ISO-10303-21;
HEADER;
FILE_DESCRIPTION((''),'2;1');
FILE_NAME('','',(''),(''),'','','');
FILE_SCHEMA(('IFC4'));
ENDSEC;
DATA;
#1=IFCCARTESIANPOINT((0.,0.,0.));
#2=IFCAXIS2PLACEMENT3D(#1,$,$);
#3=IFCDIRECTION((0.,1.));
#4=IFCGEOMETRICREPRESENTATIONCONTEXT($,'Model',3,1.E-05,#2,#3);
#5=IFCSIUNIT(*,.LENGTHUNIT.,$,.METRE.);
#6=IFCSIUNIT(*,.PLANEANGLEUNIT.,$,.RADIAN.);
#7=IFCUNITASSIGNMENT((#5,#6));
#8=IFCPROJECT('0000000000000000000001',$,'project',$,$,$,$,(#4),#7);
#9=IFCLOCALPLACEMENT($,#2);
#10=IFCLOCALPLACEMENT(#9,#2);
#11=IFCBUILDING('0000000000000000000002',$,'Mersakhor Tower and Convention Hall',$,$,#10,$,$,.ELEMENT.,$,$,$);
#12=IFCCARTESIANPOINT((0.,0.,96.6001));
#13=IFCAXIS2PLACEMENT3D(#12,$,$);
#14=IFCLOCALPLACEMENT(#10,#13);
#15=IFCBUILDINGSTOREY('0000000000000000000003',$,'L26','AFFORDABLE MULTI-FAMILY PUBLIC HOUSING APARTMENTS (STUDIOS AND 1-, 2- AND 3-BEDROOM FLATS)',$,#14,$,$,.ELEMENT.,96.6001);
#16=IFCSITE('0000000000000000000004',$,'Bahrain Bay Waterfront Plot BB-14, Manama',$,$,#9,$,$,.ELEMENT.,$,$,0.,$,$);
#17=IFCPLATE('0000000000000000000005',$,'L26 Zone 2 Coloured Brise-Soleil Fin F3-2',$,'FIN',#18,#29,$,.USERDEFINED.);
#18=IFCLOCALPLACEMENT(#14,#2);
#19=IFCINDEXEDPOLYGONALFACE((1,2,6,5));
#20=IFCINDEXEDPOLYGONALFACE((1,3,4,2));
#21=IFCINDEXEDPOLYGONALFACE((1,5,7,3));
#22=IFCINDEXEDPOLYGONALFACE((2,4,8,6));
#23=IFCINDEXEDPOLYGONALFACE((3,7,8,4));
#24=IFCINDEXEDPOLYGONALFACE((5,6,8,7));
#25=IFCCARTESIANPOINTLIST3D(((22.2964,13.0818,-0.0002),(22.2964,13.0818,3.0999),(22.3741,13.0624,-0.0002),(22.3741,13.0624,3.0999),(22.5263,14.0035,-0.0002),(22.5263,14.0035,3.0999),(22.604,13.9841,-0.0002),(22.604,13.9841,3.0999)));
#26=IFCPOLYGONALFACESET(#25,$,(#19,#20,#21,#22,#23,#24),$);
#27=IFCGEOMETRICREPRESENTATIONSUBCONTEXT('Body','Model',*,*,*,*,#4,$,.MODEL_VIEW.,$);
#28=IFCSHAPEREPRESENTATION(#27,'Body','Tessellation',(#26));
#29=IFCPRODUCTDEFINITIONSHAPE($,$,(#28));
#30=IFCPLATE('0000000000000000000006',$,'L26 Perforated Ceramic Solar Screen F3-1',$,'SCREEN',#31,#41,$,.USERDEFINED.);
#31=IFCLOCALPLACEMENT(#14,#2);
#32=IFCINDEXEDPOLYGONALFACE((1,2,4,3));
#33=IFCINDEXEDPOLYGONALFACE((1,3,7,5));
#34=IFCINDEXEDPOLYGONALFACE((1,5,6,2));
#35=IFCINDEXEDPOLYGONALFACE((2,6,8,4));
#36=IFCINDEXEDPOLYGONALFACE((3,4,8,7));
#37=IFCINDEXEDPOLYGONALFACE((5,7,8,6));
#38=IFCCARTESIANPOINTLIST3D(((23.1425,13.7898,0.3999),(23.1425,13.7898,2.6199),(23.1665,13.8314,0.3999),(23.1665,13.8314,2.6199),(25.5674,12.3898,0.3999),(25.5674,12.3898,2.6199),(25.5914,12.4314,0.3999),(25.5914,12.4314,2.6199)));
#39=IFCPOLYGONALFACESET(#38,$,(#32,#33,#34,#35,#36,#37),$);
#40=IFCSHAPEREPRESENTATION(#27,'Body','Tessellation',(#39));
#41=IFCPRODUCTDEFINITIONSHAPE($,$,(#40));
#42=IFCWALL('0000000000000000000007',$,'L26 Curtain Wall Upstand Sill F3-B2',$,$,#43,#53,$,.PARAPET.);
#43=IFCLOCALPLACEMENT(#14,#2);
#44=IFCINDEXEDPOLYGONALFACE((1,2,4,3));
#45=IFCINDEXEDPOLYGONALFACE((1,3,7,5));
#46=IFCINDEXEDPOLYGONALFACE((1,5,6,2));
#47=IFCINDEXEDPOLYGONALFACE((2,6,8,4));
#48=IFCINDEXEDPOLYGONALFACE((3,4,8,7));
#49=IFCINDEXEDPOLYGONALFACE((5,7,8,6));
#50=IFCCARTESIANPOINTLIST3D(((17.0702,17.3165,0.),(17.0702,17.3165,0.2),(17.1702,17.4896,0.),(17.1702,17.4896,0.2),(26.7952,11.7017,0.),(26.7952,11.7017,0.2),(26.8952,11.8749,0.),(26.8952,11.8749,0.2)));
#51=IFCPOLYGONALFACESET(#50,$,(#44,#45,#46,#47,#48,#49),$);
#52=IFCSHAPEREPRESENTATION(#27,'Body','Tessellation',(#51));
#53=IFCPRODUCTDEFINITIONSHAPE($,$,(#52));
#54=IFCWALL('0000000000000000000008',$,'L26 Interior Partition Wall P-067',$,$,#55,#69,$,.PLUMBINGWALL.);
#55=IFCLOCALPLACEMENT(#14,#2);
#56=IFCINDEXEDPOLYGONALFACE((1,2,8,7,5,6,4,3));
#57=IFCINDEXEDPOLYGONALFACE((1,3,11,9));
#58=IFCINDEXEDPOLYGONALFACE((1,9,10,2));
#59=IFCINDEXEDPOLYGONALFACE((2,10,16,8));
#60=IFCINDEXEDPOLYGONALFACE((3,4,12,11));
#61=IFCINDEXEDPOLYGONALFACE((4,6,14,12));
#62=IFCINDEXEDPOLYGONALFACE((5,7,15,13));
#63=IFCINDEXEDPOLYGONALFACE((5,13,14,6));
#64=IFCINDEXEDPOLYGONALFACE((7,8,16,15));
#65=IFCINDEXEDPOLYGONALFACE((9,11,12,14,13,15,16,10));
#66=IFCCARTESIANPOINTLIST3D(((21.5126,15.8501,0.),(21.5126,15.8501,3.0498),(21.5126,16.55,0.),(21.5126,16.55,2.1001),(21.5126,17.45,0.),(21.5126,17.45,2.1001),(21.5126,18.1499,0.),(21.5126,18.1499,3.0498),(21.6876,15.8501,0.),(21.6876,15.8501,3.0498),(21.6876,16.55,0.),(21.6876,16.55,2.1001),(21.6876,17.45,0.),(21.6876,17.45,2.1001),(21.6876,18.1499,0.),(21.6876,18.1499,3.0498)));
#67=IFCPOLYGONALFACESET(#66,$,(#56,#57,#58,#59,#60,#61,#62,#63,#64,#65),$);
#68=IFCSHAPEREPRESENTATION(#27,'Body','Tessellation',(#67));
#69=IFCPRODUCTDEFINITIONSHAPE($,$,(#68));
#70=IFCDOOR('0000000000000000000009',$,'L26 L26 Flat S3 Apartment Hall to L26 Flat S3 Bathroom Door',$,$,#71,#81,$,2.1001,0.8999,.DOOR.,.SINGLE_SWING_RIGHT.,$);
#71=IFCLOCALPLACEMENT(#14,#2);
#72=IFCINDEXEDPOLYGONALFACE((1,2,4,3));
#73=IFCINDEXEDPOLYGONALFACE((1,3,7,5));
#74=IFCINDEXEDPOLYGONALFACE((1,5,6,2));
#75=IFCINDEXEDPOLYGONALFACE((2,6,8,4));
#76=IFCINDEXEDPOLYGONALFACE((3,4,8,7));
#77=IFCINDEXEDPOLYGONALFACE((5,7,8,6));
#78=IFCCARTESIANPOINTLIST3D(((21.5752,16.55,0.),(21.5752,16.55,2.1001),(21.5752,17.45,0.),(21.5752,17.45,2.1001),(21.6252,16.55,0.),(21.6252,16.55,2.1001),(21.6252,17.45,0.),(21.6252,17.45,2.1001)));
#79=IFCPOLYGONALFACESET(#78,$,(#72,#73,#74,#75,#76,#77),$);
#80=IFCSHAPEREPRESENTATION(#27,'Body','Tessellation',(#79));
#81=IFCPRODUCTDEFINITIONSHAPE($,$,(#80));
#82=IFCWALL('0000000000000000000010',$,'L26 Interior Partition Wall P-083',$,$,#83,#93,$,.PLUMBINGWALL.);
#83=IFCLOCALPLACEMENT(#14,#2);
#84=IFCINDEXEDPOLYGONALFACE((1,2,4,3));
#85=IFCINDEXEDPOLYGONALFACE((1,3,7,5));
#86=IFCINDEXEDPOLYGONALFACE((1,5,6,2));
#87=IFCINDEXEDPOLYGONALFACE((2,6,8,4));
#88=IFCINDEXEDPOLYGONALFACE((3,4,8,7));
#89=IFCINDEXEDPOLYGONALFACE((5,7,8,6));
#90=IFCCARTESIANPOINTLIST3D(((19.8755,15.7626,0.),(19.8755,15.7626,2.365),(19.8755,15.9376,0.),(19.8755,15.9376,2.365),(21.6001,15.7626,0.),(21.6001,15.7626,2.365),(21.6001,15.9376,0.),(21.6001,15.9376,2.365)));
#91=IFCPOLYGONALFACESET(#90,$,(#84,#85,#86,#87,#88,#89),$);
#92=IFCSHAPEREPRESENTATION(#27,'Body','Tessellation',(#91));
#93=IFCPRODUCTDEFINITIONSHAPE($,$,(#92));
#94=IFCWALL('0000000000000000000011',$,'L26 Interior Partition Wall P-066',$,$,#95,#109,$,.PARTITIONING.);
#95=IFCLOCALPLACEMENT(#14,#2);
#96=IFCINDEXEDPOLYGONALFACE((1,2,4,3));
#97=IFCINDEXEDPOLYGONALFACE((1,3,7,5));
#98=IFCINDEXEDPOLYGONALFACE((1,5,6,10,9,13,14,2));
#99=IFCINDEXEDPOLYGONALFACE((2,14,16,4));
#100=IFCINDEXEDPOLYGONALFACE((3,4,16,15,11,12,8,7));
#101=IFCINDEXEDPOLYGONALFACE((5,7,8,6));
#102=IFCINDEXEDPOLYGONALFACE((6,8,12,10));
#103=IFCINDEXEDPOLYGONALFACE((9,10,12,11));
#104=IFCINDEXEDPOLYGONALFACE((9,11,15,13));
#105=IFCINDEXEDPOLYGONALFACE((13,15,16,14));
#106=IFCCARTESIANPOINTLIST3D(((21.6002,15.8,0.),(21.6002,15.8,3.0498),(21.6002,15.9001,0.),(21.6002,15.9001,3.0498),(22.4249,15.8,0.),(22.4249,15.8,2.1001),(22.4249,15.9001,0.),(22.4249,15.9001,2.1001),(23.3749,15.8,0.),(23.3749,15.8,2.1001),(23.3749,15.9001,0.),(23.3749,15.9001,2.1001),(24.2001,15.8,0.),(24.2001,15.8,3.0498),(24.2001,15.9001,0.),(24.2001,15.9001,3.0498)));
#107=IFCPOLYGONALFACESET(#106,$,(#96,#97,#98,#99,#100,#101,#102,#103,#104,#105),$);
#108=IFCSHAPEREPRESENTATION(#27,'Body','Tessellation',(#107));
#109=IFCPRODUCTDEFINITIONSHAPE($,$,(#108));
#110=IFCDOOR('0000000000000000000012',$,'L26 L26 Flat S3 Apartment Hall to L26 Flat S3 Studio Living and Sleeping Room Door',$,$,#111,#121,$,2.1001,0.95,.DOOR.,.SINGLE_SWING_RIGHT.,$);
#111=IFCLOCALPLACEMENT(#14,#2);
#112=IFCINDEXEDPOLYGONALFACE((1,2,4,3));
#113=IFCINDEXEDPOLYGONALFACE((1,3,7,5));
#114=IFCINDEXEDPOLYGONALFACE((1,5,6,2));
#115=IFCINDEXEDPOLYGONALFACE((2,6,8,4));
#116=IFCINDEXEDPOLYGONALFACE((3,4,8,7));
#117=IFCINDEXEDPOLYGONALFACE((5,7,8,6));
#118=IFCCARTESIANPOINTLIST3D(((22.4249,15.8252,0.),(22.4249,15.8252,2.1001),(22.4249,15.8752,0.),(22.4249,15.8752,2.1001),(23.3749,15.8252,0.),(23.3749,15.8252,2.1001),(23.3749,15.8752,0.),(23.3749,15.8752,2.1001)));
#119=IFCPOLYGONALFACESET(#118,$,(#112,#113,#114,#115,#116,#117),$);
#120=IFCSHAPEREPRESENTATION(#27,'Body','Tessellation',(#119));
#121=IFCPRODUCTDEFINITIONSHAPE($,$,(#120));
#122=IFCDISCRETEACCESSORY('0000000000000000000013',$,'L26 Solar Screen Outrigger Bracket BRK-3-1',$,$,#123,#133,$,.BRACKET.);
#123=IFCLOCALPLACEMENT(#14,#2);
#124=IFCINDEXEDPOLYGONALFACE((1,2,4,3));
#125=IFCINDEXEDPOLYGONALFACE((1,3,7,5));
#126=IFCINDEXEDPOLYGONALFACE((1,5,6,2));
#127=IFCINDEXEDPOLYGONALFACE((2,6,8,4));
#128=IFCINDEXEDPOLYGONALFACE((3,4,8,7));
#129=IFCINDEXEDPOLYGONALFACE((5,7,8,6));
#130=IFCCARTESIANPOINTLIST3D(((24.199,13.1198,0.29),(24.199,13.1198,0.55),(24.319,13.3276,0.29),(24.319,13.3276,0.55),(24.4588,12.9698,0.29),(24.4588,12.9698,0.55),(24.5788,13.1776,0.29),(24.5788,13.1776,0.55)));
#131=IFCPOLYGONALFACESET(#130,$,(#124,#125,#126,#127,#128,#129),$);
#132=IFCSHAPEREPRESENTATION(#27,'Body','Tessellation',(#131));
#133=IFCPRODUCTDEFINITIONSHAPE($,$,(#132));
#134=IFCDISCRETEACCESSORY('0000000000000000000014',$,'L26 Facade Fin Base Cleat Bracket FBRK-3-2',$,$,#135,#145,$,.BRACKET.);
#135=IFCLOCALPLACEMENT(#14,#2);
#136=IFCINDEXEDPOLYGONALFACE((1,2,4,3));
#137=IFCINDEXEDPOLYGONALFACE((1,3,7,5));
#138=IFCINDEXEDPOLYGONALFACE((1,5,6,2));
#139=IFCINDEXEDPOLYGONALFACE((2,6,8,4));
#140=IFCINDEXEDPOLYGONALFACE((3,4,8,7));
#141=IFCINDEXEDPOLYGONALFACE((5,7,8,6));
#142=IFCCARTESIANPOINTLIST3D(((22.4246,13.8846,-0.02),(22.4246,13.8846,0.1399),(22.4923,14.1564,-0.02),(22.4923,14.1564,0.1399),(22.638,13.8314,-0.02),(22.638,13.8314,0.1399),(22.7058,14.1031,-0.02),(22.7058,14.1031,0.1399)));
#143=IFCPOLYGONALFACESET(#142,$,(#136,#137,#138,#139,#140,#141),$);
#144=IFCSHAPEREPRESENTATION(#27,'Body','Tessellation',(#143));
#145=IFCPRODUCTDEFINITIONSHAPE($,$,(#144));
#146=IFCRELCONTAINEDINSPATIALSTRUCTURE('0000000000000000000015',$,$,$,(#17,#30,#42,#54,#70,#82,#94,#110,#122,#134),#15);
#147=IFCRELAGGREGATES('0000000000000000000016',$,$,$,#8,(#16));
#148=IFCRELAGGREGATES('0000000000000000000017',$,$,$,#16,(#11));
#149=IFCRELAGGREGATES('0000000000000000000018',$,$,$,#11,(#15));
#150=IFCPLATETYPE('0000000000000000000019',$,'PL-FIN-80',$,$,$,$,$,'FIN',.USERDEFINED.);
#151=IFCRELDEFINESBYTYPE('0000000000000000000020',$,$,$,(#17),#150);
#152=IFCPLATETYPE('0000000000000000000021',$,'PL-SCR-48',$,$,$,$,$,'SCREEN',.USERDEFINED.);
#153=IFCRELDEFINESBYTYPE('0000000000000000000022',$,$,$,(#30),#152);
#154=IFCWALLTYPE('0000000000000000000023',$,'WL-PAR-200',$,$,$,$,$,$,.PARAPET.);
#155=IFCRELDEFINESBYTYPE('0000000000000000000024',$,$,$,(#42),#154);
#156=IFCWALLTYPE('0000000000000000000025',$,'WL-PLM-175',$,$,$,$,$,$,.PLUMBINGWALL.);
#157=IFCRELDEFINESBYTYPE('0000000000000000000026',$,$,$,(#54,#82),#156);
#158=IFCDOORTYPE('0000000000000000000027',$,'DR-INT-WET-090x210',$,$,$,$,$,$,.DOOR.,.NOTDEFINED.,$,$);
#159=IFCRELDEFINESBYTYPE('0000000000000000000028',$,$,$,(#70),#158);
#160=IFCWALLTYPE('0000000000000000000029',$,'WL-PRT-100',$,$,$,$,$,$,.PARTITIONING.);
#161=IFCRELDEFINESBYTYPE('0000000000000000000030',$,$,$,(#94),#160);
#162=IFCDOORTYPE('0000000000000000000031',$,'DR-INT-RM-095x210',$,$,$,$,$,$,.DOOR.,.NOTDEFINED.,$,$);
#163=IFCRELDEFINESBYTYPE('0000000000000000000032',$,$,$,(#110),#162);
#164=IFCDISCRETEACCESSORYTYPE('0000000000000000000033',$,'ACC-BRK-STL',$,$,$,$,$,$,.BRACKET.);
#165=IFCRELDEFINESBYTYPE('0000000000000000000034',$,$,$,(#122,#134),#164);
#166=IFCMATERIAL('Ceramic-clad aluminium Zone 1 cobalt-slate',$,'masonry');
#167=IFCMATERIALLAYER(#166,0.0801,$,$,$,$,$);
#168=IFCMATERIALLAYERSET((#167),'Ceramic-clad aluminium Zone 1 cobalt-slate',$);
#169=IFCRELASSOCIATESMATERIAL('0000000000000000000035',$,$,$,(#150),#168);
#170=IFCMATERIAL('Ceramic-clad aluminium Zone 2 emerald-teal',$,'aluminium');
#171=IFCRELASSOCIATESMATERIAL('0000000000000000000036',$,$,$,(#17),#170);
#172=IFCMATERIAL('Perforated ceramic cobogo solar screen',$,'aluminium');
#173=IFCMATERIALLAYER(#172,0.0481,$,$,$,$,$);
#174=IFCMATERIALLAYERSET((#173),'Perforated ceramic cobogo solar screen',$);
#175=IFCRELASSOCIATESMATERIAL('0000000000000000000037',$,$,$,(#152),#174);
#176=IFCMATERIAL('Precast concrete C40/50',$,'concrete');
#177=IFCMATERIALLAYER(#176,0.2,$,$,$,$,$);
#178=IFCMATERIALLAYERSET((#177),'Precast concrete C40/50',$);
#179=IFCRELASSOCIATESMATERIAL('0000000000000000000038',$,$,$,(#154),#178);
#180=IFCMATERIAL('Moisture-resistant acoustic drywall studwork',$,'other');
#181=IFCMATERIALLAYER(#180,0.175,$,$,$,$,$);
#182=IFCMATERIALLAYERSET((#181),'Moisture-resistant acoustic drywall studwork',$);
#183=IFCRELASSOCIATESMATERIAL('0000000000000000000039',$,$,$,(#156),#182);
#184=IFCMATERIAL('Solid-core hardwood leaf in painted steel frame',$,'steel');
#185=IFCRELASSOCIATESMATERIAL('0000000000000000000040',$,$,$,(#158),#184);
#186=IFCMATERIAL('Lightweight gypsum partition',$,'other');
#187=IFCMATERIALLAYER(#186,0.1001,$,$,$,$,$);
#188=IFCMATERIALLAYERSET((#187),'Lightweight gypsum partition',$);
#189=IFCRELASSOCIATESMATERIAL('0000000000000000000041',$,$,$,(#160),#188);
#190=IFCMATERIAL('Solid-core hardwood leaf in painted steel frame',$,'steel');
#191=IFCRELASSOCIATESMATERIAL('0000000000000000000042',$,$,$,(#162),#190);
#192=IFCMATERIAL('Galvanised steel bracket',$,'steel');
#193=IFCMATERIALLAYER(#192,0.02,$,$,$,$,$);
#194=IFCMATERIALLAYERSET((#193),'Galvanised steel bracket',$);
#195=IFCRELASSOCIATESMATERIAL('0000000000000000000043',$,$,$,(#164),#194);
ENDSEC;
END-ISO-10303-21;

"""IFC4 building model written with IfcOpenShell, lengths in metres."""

from ifc_helpers import new_model, si_unit, direction, frame, frame_2d, origin, origin_2d, place, context, subcontext, project, spatial, rectangle, extrude, material, layer, layer_set, type_object, element, fill, save


model = new_model("IFC4")

# Units and contexts
model_context = context("Model", 3, precision=1e-05, world=origin(), true_north=direction((0.0, 1.0)))
body_context = subcontext(model_context, "Body", "Model", "MODEL_VIEW")
ifc_project = project(units=[si_unit("LENGTHUNIT", "METRE"), si_unit("PLANEANGLEUNIT", "RADIAN")], contexts=[model_context])

# Site, building, storey
site_placement = place(None, origin())
site = spatial("IfcSite", under=ifc_project, at=site_placement, Name="Bahrain Bay Waterfront Plot BB-14, Manama", CompositionType="ELEMENT", RefElevation=0.0)
building_placement = place(site_placement, origin())
building = spatial("IfcBuilding", under=site, at=building_placement, Name="Mersakhor Tower and Convention Hall", CompositionType="ELEMENT")
storey_placement = place(building_placement, frame((0.0, 0.0, 96.6001)))
storey = spatial("IfcBuildingStorey", under=building, at=storey_placement, Name="L26", Description="AFFORDABLE MULTI-FAMILY PUBLIC HOUSING APARTMENTS (STUDIOS AND 1-, 2- AND 3-BEDROOM FLATS)", CompositionType="ELEMENT", Elevation=96.6001)

# Plates
ifc_material_1 = material(Name="Ceramic-clad aluminium Zone 2 emerald-teal", Category="aluminium")
ifc_material_2 = material(Name="Ceramic-clad aluminium Zone 1 cobalt-slate", Category="masonry")
ifc_layer_1 = layer(ifc_material_2, 0.0801)
ifc_layer_set_1 = layer_set([ifc_layer_1], Name="Ceramic-clad aluminium Zone 1 cobalt-slate")
plate_type_1 = type_object("IfcPlateType", Name="PL-FIN-80", ElementType="FIN", PredefinedType="USERDEFINED", material=ifc_layer_set_1)
plate_1_placement = place(storey_placement, frame((22.4502, 13.533, -0.0002), z_axis=(0.0, 0.0, 1.0), x_axis=(-0.241922, -0.970296, 0.0)))
element("IfcPlate", 1, at=plate_1_placement, inside=storey, type_object=plate_type_1, material=ifc_material_1, Name="L26 Zone 2 Coloured Brise-Soleil Fin F3-2", ObjectType="FIN", PredefinedType="USERDEFINED", context=body_context, shape_type="SweptSolid", body=[
    extrude(rectangle(XDim=0.95, YDim=0.0801, at=origin_2d()), origin(), (0.0, 0.0, 1.0), 3.1001),
])
ifc_material_3 = material(Name="Perforated ceramic cobogo solar screen", Category="aluminium")
ifc_layer_2 = layer(ifc_material_3, 0.0481)
ifc_layer_set_2 = layer_set([ifc_layer_2], Name="Perforated ceramic cobogo solar screen")
plate_type_2 = type_object("IfcPlateType", Name="PL-SCR-48", ElementType="SCREEN", PredefinedType="USERDEFINED", material=ifc_layer_set_2)
plate_2_placement = place(storey_placement, frame((24.3669, 13.1106, 0.3999), z_axis=(0.0, 0.0, 1.0), x_axis=(-0.866025, 0.5, 0.0)))
element("IfcPlate", 2, at=plate_2_placement, inside=storey, type_object=plate_type_2, Name="L26 Perforated Ceramic Solar Screen F3-1", ObjectType="SCREEN", PredefinedType="USERDEFINED", context=body_context, shape_type="SweptSolid", body=[
    extrude(rectangle(XDim=2.8, YDim=0.0481, at=origin_2d()), origin(), (0.0, 0.0, 1.0), 2.22),
])

# Wall
ifc_material_4 = material(Name="Precast concrete C40/50", Category="concrete")
ifc_layer_3 = layer(ifc_material_4, 0.2)
ifc_layer_set_3 = layer_set([ifc_layer_3], Name="Precast concrete C40/50")
wall_type_1 = type_object("IfcWallType", Name="WL-PAR-200", PredefinedType="PARAPET", material=ifc_layer_set_3)
wall_1_placement = place(storey_placement, frame((26.8452, 11.7883, 0.0), z_axis=(0.0, 0.0, 1.0), x_axis=(-0.866027, 0.499997, 0.0)))
element("IfcWall", 3, at=wall_1_placement, inside=storey, type_object=wall_type_1, Name="L26 Curtain Wall Upstand Sill F3-B2", PredefinedType="PARAPET", context=body_context, shape_type="SweptSolid", body=[
    extrude(rectangle(XDim=11.2295, YDim=0.2, at=frame_2d((5.6147, 0.0))), origin(), (0.0, 0.0, 1.0), 0.2),
])

# Wall, opening, door
ifc_material_5 = material(Name="Moisture-resistant acoustic drywall studwork", Category="other")
ifc_layer_4 = layer(ifc_material_5, 0.175)
ifc_layer_set_4 = layer_set([ifc_layer_4], Name="Moisture-resistant acoustic drywall studwork")
wall_type_2 = type_object("IfcWallType", Name="WL-PLM-175", PredefinedType="PLUMBINGWALL", material=ifc_layer_set_4)
wall_2_placement = place(storey_placement, frame((21.6001, 15.8501, 0.0), z_axis=(0.0, 0.0, 1.0), x_axis=(0.0, 1.0, 0.0)))
wall_2 = element("IfcWall", 4, at=wall_2_placement, inside=storey, type_object=wall_type_2, Name="L26 Interior Partition Wall P-067", PredefinedType="PLUMBINGWALL", context=body_context, shape_type="SweptSolid", body=[
    extrude(rectangle(XDim=2.2998, YDim=0.175, at=frame_2d((1.1499, 0.0))), origin(), (0.0, 0.0, 1.0), 3.0498),
])
opening_1_placement = place(wall_2_placement, frame((0.7, 0.0, 0.0)))
opening_1 = element("IfcOpeningElement", 5, at=opening_1_placement, cuts=wall_2, PredefinedType="OPENING", context=body_context, shape_type="SweptSolid", body=[
    extrude(rectangle(XDim=0.8999, YDim=2.1001, at=frame_2d((0.45, 1.05))), frame((0.0, 0.0974, 0.0), z_axis=(0.0, -1.0, 0.0), x_axis=(1.0, 0.0, 0.0)), (0.0, 0.0, 1.0), 0.1951),
])
ifc_material_6 = material(Name="Solid-core hardwood leaf in painted steel frame", Category="steel")
door_type_1 = type_object("IfcDoorType", Name="DR-INT-WET-090x210", OperationType="NOTDEFINED", PredefinedType="DOOR", material=ifc_material_6)
door_1_placement = place(opening_1_placement, origin())
door_1 = element("IfcDoor", 6, at=door_1_placement, inside=storey, type_object=door_type_1, Name="L26 L26 Flat S3 Apartment Hall to L26 Flat S3 Bathroom Door", OperationType="SINGLE_SWING_RIGHT", OverallHeight=2.1001, OverallWidth=0.8999, PredefinedType="DOOR", context=body_context, shape_type="SweptSolid", body=[
    extrude(rectangle(XDim=0.8999, YDim=2.1001, at=frame_2d((0.45, 1.05))), frame((0.0, 0.0249, 0.0), z_axis=(0.0, -1.0, 0.0), x_axis=(1.0, 0.0, 0.0)), (0.0, 0.0, 1.0), 0.05),
])
fill(opening_1, door_1)

# Wall
wall_3_placement = place(storey_placement, frame((21.6001, 15.8501, 0.0), z_axis=(0.0, 0.0, 1.0), x_axis=(-1.0, 0.0, 0.0)))
element("IfcWall", 7, at=wall_3_placement, inside=storey, type_object=wall_type_2, Name="L26 Interior Partition Wall P-083", PredefinedType="PLUMBINGWALL", context=body_context, shape_type="SweptSolid", body=[
    extrude(rectangle(XDim=1.7246, YDim=0.175, at=frame_2d((0.8623, 0.0))), origin(), (0.0, 0.0, 1.0), 2.365),
])

# Wall, opening, door
ifc_material_7 = material(Name="Lightweight gypsum partition", Category="other")
ifc_layer_5 = layer(ifc_material_7, 0.1001)
ifc_layer_set_5 = layer_set([ifc_layer_5], Name="Lightweight gypsum partition")
wall_type_3 = type_object("IfcWallType", Name="WL-PRT-100", PredefinedType="PARTITIONING", material=ifc_layer_set_5)
wall_4_placement = place(storey_placement, frame((24.2, 15.8501, 0.0), z_axis=(0.0, 0.0, 1.0), x_axis=(-1.0, 0.0, 0.0)))
wall_4 = element("IfcWall", 8, at=wall_4_placement, inside=storey, type_object=wall_type_3, Name="L26 Interior Partition Wall P-066", PredefinedType="PARTITIONING", context=body_context, shape_type="SweptSolid", body=[
    extrude(rectangle(XDim=2.5999, YDim=0.1001, at=frame_2d((1.2998, 0.0))), origin(), (0.0, 0.0, 1.0), 3.0498),
])
opening_2_placement = place(wall_4_placement, frame((0.825, 0.0, 0.0)))
opening_2 = element("IfcOpeningElement", 9, at=opening_2_placement, cuts=wall_4, PredefinedType="OPENING", context=body_context, shape_type="SweptSolid", body=[
    extrude(rectangle(XDim=0.95, YDim=2.1001, at=frame_2d((0.4751, 1.05))), frame((0.0, 0.0601, 0.0), z_axis=(0.0, -1.0, 0.0), x_axis=(1.0, 0.0, 0.0)), (0.0, 0.0, 1.0), 0.1201),
])
ifc_material_8 = material(Name="Solid-core hardwood leaf in painted steel frame", Category="steel")
door_type_2 = type_object("IfcDoorType", Name="DR-INT-RM-095x210", OperationType="NOTDEFINED", PredefinedType="DOOR", material=ifc_material_8)
door_2_placement = place(opening_2_placement, origin())
door_2 = element("IfcDoor", 10, at=door_2_placement, inside=storey, type_object=door_type_2, Name="L26 L26 Flat S3 Apartment Hall to L26 Flat S3 Studio Living and Sleeping Room Door", OperationType="SINGLE_SWING_RIGHT", OverallHeight=2.1001, OverallWidth=0.95, PredefinedType="DOOR", context=body_context, shape_type="SweptSolid", body=[
    extrude(rectangle(XDim=0.95, YDim=2.1001, at=frame_2d((0.4751, 1.05))), frame((0.0, 0.0249, 0.0), z_axis=(0.0, -1.0, 0.0), x_axis=(1.0, 0.0, 0.0)), (0.0, 0.0, 1.0), 0.05),
])
fill(opening_2, door_2)

# Discrete accessories
ifc_material_9 = material(Name="Galvanised steel bracket", Category="steel")
ifc_layer_6 = layer(ifc_material_9, 0.02)
ifc_layer_set_6 = layer_set([ifc_layer_6], Name="Galvanised steel bracket")
discrete_accessory_type = type_object("IfcDiscreteAccessoryType", Name="ACC-BRK-STL", PredefinedType="BRACKET", material=ifc_layer_set_6)
discrete_accessory_1_placement = place(storey_placement, frame((24.3889, 13.1487, 0.29), z_axis=(0.0, 0.0, 1.0), x_axis=(-0.866025, 0.5, 0.0)))
element("IfcDiscreteAccessory", 11, at=discrete_accessory_1_placement, inside=storey, type_object=discrete_accessory_type, Name="L26 Solar Screen Outrigger Bracket BRK-3-1", PredefinedType="BRACKET", context=body_context, shape_type="SweptSolid", body=[
    extrude(rectangle(XDim=0.3, YDim=0.24, at=origin_2d()), origin(), (0.0, 0.0, 1.0), 0.26),
])
discrete_accessory_2_placement = place(storey_placement, frame((22.5652, 13.9939, -0.02), z_axis=(0.0, 0.0, 1.0), x_axis=(-0.241922, -0.970296, 0.0)))
element("IfcDiscreteAccessory", 12, at=discrete_accessory_2_placement, inside=storey, type_object=discrete_accessory_type, Name="L26 Facade Fin Base Cleat Bracket FBRK-3-2", PredefinedType="BRACKET", context=body_context, shape_type="SweptSolid", body=[
    extrude(rectangle(XDim=0.28, YDim=0.22, at=origin_2d()), origin(), (0.0, 0.0, 1.0), 0.1599),
])

save(model, "model.ifc")
